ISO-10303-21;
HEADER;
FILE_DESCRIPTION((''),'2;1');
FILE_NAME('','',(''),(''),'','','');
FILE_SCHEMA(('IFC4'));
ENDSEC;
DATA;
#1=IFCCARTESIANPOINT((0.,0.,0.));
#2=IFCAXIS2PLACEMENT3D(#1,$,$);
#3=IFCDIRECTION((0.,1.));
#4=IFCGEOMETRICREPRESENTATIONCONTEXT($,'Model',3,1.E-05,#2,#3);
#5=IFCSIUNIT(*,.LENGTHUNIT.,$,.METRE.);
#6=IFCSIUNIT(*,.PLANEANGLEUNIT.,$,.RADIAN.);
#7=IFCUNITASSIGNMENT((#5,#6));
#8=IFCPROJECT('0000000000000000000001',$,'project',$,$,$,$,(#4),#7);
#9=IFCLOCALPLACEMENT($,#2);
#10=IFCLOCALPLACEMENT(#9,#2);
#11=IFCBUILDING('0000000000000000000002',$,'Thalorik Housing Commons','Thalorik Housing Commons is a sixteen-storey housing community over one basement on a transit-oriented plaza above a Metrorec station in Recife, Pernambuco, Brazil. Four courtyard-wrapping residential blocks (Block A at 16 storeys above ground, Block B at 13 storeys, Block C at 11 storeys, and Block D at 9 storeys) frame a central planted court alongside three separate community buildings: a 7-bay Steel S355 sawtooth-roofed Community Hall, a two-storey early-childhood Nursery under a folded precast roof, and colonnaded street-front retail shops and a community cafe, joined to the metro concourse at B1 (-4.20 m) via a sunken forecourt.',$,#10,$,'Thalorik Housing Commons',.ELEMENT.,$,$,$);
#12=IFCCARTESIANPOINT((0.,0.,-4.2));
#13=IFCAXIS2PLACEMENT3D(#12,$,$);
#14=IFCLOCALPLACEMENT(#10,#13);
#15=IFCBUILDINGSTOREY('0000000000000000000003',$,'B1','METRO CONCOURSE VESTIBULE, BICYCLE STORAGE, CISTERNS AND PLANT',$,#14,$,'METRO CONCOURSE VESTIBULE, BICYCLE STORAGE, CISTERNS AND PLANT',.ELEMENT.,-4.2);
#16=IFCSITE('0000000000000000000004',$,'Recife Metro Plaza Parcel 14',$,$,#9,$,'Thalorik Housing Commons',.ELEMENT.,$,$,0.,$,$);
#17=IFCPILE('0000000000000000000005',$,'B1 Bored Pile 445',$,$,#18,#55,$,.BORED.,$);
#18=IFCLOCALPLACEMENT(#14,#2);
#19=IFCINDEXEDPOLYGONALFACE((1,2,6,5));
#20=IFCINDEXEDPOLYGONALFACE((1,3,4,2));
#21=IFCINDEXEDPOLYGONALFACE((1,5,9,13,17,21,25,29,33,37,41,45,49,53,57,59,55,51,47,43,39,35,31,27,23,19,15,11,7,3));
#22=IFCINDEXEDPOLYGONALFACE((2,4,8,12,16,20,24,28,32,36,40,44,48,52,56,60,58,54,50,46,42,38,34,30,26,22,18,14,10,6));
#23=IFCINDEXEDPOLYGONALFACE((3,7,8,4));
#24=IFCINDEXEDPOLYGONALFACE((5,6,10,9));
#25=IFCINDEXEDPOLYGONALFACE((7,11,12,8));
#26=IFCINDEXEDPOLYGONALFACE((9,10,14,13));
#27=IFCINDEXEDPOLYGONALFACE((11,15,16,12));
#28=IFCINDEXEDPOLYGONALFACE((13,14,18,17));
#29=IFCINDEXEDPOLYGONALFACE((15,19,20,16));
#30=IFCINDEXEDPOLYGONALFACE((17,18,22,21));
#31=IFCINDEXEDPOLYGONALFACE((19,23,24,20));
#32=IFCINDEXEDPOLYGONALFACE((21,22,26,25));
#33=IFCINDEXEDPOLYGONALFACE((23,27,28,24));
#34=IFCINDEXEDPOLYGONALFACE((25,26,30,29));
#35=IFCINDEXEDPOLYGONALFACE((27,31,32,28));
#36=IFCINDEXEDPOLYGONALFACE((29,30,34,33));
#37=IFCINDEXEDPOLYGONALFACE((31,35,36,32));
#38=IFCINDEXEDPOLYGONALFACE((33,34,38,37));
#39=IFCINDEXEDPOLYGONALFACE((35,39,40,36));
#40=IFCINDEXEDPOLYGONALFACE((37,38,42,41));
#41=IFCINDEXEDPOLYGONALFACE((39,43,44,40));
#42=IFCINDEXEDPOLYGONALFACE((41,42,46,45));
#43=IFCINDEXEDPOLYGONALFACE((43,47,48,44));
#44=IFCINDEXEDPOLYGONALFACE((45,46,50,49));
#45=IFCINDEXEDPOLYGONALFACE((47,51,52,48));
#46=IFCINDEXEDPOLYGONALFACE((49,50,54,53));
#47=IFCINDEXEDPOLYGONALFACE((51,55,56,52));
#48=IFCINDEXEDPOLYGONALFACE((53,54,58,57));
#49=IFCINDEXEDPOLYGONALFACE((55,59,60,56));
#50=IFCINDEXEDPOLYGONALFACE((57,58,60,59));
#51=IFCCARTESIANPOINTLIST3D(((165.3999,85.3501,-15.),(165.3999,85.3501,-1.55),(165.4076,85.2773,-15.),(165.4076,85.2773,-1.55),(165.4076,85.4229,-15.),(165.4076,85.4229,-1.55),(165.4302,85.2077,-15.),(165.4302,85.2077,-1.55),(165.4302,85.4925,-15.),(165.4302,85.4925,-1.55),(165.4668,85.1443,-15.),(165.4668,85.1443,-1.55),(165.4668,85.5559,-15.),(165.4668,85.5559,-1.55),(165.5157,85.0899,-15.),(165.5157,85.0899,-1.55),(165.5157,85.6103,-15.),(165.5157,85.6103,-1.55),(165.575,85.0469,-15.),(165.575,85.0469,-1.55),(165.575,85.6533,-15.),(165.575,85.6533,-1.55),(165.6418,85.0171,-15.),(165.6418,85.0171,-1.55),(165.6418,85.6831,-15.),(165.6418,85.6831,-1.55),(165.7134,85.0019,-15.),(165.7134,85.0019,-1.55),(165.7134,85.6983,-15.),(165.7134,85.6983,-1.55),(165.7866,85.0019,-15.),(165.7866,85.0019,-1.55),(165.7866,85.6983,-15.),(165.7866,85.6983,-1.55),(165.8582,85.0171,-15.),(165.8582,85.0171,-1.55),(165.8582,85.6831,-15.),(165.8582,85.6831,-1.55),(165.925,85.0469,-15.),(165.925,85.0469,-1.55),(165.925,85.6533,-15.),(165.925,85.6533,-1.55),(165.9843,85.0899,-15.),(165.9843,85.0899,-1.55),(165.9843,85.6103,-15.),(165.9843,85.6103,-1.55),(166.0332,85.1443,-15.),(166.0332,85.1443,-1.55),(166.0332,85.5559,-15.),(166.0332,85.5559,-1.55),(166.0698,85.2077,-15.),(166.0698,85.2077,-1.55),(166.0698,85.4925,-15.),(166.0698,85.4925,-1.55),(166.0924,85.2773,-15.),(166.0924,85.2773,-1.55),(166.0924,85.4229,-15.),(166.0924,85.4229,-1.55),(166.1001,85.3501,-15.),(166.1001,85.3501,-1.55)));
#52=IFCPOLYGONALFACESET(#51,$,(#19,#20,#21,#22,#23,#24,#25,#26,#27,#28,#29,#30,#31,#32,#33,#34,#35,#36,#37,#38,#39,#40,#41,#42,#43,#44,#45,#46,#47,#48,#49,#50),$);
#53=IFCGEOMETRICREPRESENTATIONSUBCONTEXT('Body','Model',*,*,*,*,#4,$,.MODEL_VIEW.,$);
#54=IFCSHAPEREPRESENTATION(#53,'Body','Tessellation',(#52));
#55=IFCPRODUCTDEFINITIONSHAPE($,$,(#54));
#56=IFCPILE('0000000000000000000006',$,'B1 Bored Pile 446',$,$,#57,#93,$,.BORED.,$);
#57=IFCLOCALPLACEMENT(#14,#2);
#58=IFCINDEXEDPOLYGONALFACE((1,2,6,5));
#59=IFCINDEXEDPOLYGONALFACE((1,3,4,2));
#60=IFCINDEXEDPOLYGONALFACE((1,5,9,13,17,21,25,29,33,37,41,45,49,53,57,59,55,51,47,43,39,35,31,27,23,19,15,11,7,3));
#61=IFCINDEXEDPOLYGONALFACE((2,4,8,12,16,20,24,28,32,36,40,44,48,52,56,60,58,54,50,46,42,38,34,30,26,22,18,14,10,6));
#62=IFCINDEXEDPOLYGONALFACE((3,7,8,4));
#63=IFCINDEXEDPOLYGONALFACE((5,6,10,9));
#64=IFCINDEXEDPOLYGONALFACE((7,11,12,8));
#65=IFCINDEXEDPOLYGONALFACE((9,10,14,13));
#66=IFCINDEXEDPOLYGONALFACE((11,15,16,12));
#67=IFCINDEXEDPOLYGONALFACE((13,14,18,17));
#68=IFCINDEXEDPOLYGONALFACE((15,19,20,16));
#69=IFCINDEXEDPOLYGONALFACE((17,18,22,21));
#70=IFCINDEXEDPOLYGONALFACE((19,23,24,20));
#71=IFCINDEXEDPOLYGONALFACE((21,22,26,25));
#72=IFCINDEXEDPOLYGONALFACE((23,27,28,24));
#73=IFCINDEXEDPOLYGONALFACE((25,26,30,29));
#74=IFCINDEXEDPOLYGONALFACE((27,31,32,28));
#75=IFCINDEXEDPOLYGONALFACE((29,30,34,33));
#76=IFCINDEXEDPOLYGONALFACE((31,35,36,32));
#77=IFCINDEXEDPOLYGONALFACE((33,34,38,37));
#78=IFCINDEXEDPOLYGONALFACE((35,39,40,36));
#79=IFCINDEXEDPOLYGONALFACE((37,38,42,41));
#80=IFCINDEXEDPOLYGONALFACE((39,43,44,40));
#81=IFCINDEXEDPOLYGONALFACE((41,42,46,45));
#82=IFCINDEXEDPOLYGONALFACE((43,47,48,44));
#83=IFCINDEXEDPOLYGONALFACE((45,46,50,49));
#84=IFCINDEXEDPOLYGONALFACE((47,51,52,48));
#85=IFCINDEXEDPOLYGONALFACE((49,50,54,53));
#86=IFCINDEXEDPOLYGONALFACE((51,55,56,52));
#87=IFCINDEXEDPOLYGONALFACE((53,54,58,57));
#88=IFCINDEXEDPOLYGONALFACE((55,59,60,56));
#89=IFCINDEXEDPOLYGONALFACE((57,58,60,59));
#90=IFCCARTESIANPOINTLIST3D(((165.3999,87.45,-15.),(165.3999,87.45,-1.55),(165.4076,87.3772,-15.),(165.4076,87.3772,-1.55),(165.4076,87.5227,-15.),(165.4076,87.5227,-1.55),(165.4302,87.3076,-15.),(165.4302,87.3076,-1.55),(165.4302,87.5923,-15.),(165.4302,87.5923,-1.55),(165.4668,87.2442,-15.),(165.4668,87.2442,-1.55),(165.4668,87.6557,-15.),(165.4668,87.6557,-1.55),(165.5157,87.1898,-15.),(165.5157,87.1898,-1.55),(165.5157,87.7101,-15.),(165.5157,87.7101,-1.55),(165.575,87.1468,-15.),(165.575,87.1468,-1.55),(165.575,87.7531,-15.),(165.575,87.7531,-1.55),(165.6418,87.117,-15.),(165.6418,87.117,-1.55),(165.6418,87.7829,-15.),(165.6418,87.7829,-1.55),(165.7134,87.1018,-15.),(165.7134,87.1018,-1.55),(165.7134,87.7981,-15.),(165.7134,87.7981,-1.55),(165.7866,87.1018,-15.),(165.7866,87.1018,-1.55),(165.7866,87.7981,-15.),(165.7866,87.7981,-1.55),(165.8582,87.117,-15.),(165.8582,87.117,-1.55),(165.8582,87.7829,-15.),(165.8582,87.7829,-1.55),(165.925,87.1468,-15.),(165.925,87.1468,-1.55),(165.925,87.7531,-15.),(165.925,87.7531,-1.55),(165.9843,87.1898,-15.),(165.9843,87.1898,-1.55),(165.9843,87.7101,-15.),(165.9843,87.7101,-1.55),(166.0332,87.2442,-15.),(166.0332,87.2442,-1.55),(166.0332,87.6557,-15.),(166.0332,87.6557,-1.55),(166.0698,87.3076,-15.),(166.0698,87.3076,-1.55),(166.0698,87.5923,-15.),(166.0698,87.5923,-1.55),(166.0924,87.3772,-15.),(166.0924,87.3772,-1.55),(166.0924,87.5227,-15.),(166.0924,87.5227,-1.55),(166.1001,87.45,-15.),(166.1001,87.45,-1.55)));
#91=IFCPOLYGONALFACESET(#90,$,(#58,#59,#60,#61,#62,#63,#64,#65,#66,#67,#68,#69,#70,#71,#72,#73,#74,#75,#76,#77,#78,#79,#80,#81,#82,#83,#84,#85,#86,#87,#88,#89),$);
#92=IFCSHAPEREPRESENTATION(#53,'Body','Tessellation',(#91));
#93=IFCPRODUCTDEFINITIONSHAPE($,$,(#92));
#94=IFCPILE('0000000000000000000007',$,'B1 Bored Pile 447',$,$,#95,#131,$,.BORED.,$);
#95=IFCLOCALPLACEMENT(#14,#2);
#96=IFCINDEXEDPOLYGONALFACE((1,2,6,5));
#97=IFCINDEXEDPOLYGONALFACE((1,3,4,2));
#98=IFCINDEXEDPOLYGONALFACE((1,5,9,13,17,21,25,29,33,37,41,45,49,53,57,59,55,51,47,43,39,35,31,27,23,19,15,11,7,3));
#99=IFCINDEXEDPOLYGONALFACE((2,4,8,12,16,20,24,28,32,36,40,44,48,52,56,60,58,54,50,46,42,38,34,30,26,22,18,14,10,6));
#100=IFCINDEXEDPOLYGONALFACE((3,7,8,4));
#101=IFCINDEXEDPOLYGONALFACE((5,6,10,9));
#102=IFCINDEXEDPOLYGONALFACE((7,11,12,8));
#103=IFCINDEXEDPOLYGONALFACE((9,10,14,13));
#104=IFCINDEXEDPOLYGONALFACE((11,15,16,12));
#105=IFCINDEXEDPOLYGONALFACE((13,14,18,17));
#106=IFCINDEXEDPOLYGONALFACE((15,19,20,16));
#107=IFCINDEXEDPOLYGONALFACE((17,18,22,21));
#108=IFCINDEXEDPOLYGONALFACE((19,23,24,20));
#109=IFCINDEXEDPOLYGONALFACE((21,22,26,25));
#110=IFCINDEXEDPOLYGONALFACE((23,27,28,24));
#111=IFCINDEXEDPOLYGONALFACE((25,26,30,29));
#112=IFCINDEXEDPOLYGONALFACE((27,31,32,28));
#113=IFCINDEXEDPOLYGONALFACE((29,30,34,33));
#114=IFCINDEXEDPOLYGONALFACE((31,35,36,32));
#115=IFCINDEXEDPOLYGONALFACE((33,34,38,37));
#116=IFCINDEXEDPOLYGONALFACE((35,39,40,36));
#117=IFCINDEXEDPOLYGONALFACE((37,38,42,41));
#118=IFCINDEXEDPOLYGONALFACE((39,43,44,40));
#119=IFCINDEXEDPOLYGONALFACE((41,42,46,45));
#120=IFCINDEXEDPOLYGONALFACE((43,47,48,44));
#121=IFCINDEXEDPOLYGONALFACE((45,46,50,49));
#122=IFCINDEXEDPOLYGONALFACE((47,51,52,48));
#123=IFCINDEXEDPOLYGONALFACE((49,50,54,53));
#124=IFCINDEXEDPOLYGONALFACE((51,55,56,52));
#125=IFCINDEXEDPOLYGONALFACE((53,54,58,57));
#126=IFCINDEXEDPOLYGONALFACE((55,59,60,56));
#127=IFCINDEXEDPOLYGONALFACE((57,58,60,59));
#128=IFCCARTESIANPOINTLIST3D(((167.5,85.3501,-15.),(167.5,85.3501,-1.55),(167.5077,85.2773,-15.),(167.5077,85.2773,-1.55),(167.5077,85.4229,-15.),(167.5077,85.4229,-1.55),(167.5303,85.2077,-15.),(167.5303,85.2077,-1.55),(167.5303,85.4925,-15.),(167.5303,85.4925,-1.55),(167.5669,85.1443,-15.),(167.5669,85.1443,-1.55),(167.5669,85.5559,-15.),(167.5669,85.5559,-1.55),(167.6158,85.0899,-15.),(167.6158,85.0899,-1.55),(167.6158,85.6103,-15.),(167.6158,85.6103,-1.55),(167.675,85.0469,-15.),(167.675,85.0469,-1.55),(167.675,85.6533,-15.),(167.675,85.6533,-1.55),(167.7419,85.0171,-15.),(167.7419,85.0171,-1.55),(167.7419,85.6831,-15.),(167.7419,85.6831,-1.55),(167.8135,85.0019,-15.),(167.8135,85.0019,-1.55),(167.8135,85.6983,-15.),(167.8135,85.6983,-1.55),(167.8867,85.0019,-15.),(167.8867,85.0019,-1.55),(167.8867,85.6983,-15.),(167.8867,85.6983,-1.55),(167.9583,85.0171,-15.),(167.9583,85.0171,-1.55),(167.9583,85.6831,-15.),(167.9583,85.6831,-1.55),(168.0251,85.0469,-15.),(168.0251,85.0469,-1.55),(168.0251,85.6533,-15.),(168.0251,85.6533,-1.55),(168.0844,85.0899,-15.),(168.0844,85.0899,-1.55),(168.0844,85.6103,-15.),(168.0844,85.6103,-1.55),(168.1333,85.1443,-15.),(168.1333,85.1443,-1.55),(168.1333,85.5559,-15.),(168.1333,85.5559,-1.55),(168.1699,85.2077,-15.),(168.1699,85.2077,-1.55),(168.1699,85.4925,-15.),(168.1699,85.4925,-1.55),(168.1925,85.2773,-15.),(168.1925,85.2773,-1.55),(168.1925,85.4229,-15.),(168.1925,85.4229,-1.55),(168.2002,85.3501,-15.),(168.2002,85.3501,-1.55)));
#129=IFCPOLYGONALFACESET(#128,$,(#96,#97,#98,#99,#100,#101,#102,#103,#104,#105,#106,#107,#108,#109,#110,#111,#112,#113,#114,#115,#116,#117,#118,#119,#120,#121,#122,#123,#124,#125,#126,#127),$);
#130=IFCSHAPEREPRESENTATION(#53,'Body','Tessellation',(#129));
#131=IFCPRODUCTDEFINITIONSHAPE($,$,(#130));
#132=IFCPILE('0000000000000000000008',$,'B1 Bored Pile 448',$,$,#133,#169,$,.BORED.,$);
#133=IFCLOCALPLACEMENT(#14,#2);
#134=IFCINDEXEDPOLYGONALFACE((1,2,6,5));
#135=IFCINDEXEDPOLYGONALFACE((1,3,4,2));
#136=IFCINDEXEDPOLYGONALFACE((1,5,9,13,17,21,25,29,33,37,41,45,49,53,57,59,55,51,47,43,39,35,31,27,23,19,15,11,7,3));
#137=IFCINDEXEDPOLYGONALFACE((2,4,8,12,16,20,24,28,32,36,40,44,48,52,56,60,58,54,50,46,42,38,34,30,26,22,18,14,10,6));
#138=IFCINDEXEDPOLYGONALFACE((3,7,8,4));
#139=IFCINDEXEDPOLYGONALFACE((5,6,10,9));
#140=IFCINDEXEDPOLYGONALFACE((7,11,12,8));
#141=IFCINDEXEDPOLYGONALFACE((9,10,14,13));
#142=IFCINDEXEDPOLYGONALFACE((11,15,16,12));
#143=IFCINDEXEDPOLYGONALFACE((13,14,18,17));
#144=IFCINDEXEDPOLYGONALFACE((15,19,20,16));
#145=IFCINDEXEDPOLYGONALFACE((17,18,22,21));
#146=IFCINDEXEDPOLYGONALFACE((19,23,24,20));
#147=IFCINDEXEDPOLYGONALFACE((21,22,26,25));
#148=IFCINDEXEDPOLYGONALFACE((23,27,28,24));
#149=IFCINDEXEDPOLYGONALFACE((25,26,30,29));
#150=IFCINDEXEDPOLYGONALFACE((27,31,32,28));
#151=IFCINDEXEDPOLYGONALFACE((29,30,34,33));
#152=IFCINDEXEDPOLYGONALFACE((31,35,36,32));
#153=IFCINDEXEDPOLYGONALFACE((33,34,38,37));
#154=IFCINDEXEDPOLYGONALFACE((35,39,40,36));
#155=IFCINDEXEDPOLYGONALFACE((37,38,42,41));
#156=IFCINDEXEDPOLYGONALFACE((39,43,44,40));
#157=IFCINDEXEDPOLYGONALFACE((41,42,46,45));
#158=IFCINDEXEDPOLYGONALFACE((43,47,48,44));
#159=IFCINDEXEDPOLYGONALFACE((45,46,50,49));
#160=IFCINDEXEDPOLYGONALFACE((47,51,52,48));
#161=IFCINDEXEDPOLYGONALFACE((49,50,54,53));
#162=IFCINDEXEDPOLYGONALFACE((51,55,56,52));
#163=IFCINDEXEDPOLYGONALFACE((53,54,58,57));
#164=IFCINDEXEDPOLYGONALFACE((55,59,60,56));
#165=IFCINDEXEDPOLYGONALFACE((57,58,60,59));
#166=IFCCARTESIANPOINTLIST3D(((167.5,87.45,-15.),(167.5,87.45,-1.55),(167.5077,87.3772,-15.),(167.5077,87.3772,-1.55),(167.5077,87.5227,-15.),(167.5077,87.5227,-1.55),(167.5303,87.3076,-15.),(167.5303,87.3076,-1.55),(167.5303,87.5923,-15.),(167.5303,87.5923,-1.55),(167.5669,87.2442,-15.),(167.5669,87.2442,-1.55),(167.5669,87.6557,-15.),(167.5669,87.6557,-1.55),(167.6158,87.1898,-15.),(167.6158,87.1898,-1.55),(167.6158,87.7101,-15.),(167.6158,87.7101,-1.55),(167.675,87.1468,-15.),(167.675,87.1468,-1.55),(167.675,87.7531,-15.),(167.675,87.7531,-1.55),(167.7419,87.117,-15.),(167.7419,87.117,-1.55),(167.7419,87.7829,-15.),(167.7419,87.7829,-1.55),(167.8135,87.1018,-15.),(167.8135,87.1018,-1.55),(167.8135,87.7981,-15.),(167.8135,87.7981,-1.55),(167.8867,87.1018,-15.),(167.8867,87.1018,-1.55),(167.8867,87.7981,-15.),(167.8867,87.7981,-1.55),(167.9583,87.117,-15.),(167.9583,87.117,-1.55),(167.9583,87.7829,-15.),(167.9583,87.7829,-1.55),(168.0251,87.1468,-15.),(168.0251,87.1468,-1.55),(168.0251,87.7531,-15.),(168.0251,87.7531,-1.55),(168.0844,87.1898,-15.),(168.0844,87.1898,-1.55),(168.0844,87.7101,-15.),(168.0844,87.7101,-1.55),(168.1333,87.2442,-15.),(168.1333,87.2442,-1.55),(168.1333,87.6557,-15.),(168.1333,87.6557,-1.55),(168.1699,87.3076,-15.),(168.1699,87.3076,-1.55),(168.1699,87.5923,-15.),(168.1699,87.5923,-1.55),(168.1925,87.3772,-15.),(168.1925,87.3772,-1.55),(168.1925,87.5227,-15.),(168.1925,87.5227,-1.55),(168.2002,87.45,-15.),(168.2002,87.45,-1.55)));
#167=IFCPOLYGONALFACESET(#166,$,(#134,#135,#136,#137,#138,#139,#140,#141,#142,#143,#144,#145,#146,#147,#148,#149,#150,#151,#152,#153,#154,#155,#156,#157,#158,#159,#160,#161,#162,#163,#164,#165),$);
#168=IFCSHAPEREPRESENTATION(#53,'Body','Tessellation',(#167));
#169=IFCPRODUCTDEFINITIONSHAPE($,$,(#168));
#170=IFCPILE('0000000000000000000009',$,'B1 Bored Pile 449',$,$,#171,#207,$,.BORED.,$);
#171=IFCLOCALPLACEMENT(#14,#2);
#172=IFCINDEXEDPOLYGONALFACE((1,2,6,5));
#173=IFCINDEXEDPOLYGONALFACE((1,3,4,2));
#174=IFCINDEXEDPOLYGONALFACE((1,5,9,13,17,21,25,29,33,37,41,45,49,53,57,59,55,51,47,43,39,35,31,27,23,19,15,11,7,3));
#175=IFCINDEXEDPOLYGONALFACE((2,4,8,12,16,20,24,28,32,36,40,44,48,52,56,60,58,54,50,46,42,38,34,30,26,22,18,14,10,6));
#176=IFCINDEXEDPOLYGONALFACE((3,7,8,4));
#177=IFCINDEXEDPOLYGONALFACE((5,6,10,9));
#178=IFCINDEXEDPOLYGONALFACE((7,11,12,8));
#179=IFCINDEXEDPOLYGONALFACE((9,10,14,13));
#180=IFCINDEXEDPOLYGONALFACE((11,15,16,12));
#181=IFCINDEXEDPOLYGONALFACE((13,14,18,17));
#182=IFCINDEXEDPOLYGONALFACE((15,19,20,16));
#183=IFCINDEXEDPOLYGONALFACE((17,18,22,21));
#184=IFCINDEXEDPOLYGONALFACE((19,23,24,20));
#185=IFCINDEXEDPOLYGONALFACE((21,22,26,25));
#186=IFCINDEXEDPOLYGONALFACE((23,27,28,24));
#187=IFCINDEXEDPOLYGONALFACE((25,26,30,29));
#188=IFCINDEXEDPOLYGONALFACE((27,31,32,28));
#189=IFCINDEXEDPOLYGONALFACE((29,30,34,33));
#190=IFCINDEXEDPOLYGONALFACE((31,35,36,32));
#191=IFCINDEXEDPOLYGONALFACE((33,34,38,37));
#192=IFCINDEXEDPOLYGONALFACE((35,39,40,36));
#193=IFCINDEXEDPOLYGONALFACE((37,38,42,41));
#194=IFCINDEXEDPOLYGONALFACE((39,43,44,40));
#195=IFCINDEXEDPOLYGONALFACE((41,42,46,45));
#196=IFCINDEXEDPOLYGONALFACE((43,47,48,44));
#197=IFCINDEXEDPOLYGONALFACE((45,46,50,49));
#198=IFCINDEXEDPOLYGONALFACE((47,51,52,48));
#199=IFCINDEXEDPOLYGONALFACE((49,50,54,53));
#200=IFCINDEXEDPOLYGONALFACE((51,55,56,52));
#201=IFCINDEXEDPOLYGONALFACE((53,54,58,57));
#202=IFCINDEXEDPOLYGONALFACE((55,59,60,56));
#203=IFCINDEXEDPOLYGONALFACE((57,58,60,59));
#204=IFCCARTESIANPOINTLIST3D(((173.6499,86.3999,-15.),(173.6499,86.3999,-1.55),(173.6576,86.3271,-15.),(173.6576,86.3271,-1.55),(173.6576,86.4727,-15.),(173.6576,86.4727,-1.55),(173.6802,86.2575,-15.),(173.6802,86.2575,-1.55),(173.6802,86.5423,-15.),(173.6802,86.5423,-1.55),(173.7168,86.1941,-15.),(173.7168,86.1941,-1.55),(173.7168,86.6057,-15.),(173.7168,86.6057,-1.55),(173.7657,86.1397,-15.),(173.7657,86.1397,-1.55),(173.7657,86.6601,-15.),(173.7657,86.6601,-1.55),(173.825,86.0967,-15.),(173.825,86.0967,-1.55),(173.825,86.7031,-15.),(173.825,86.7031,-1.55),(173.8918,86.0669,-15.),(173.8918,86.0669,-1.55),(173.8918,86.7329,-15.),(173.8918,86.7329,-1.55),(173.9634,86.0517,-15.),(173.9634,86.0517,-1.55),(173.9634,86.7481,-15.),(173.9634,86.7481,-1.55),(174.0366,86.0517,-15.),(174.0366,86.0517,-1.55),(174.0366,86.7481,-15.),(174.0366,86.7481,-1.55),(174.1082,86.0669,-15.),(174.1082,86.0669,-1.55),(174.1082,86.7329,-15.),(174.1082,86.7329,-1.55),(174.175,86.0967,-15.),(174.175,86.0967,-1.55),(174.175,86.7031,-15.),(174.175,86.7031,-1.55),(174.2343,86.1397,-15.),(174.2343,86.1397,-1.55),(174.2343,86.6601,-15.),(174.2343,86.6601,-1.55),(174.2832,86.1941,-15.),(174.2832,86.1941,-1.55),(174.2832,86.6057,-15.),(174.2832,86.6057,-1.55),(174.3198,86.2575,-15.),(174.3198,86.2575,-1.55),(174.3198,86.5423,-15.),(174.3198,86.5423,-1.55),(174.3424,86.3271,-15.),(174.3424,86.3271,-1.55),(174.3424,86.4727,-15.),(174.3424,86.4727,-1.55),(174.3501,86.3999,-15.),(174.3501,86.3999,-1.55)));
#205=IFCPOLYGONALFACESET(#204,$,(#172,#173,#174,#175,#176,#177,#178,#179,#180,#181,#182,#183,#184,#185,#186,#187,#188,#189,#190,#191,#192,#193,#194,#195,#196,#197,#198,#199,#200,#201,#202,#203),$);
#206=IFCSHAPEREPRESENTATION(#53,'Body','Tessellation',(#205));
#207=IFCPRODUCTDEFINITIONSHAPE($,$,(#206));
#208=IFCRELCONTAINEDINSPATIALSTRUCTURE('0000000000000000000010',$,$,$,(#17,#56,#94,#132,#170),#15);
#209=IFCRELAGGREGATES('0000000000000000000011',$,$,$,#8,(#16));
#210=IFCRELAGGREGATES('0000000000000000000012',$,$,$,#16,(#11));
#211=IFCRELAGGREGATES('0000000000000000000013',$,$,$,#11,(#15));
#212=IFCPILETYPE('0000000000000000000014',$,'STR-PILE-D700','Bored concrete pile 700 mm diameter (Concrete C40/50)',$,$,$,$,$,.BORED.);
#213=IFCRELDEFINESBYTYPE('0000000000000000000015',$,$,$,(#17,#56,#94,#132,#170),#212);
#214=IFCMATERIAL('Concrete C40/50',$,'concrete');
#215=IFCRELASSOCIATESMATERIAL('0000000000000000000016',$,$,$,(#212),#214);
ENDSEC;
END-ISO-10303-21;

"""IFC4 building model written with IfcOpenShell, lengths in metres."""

from ifc_helpers import new_model, si_unit, direction, frame, origin, origin_2d, place, context, subcontext, project, spatial, circle, extrude, material, material_profile, profile_set, type_object, element, save


model = new_model("IFC4")

# Units and contexts
model_context = context("Model", 3, precision=1e-05, world=origin(), true_north=direction((0.0, 1.0)))
body_context = subcontext(model_context, "Body", "Model", "MODEL_VIEW")
ifc_project = project(units=[si_unit("LENGTHUNIT", "METRE"), si_unit("PLANEANGLEUNIT", "RADIAN")], contexts=[model_context])

# Site, building, storey
site_placement = place(None, origin())
site = spatial("IfcSite", under=ifc_project, at=site_placement, Name="Recife Metro Plaza Parcel 14", LongName="Thalorik Housing Commons", CompositionType="ELEMENT", RefElevation=0.0)
building_placement = place(site_placement, origin())
building = spatial("IfcBuilding", under=site, at=building_placement, Name="Thalorik Housing Commons", Description="Thalorik Housing Commons is a sixteen-storey housing community over one basement on a transit-oriented plaza above a Metrorec station in Recife, Pernambuco, Brazil. Four courtyard-wrapping residential blocks (Block A at 16 storeys above ground, Block B at 13 storeys, Block C at 11 storeys, and Block D at 9 storeys) frame a central planted court alongside three separate community buildings: a 7-bay Steel S355 sawtooth-roofed Community Hall, a two-storey early-childhood Nursery under a folded precast roof, and colonnaded street-front retail shops and a community cafe, joined to the metro concourse at B1 (-4.20 m) via a sunken forecourt.", LongName="Thalorik Housing Commons", CompositionType="ELEMENT")
storey_placement = place(building_placement, frame((0.0, 0.0, -4.2)))
storey = spatial("IfcBuildingStorey", under=building, at=storey_placement, Name="B1", Description="METRO CONCOURSE VESTIBULE, BICYCLE STORAGE, CISTERNS AND PLANT", LongName="METRO CONCOURSE VESTIBULE, BICYCLE STORAGE, CISTERNS AND PLANT", CompositionType="ELEMENT", Elevation=-4.2)

# Shared definitions
ifc_material_1 = material(Name="Concrete C40/50", Category="concrete")

# Piles
ifc_material_profile_1 = material_profile(ifc_material_1, circle(Radius=0.3501, at=origin_2d()), Name="BORED PILE D700", Category="concrete")
ifc_profile_set_1 = profile_set([ifc_material_profile_1], Name="Concrete C40/50")
pile_type = type_object("IfcPileType", Name="STR-PILE-D700", Description="Bored concrete pile 700 mm diameter (Concrete C40/50)", PredefinedType="BORED", material=ifc_profile_set_1)
for number, where, z_axis, x_axis, name in (
    (1, (165.75, 85.3501, -1.55), (0.0, 0.0, -1.0), (1.0, 0.0, 0.0), "B1 Bored Pile 445"),
    (2, (165.75, 87.45, -1.55), (0.0, 0.0, -1.0), (1.0, 0.0, 0.0), "B1 Bored Pile 446"),
    (3, (167.8501, 85.3501, -1.55), (0.0, 0.0, -1.0), (1.0, 0.0, 0.0), "B1 Bored Pile 447"),
    (4, (167.8501, 87.45, -1.55), (0.0, 0.0, -1.0), (1.0, 0.0, 0.0), "B1 Bored Pile 448"),
    (5, (174.0, 86.3999, -1.55), (0.0, 0.0, -1.0), (1.0, 0.0, 0.0), "B1 Bored Pile 449"),
):
    element("IfcPile", number, at=place(storey_placement, frame(where, z_axis=z_axis, x_axis=x_axis)), inside=storey, type_object=pile_type, Name=name, PredefinedType="BORED", context=body_context, shape_type="SweptSolid", body=[
        extrude(circle(Radius=0.3501, at=origin_2d()), origin(), (0.0, 0.0, 1.0), 13.45),
    ])

save(model, "model.ifc")
